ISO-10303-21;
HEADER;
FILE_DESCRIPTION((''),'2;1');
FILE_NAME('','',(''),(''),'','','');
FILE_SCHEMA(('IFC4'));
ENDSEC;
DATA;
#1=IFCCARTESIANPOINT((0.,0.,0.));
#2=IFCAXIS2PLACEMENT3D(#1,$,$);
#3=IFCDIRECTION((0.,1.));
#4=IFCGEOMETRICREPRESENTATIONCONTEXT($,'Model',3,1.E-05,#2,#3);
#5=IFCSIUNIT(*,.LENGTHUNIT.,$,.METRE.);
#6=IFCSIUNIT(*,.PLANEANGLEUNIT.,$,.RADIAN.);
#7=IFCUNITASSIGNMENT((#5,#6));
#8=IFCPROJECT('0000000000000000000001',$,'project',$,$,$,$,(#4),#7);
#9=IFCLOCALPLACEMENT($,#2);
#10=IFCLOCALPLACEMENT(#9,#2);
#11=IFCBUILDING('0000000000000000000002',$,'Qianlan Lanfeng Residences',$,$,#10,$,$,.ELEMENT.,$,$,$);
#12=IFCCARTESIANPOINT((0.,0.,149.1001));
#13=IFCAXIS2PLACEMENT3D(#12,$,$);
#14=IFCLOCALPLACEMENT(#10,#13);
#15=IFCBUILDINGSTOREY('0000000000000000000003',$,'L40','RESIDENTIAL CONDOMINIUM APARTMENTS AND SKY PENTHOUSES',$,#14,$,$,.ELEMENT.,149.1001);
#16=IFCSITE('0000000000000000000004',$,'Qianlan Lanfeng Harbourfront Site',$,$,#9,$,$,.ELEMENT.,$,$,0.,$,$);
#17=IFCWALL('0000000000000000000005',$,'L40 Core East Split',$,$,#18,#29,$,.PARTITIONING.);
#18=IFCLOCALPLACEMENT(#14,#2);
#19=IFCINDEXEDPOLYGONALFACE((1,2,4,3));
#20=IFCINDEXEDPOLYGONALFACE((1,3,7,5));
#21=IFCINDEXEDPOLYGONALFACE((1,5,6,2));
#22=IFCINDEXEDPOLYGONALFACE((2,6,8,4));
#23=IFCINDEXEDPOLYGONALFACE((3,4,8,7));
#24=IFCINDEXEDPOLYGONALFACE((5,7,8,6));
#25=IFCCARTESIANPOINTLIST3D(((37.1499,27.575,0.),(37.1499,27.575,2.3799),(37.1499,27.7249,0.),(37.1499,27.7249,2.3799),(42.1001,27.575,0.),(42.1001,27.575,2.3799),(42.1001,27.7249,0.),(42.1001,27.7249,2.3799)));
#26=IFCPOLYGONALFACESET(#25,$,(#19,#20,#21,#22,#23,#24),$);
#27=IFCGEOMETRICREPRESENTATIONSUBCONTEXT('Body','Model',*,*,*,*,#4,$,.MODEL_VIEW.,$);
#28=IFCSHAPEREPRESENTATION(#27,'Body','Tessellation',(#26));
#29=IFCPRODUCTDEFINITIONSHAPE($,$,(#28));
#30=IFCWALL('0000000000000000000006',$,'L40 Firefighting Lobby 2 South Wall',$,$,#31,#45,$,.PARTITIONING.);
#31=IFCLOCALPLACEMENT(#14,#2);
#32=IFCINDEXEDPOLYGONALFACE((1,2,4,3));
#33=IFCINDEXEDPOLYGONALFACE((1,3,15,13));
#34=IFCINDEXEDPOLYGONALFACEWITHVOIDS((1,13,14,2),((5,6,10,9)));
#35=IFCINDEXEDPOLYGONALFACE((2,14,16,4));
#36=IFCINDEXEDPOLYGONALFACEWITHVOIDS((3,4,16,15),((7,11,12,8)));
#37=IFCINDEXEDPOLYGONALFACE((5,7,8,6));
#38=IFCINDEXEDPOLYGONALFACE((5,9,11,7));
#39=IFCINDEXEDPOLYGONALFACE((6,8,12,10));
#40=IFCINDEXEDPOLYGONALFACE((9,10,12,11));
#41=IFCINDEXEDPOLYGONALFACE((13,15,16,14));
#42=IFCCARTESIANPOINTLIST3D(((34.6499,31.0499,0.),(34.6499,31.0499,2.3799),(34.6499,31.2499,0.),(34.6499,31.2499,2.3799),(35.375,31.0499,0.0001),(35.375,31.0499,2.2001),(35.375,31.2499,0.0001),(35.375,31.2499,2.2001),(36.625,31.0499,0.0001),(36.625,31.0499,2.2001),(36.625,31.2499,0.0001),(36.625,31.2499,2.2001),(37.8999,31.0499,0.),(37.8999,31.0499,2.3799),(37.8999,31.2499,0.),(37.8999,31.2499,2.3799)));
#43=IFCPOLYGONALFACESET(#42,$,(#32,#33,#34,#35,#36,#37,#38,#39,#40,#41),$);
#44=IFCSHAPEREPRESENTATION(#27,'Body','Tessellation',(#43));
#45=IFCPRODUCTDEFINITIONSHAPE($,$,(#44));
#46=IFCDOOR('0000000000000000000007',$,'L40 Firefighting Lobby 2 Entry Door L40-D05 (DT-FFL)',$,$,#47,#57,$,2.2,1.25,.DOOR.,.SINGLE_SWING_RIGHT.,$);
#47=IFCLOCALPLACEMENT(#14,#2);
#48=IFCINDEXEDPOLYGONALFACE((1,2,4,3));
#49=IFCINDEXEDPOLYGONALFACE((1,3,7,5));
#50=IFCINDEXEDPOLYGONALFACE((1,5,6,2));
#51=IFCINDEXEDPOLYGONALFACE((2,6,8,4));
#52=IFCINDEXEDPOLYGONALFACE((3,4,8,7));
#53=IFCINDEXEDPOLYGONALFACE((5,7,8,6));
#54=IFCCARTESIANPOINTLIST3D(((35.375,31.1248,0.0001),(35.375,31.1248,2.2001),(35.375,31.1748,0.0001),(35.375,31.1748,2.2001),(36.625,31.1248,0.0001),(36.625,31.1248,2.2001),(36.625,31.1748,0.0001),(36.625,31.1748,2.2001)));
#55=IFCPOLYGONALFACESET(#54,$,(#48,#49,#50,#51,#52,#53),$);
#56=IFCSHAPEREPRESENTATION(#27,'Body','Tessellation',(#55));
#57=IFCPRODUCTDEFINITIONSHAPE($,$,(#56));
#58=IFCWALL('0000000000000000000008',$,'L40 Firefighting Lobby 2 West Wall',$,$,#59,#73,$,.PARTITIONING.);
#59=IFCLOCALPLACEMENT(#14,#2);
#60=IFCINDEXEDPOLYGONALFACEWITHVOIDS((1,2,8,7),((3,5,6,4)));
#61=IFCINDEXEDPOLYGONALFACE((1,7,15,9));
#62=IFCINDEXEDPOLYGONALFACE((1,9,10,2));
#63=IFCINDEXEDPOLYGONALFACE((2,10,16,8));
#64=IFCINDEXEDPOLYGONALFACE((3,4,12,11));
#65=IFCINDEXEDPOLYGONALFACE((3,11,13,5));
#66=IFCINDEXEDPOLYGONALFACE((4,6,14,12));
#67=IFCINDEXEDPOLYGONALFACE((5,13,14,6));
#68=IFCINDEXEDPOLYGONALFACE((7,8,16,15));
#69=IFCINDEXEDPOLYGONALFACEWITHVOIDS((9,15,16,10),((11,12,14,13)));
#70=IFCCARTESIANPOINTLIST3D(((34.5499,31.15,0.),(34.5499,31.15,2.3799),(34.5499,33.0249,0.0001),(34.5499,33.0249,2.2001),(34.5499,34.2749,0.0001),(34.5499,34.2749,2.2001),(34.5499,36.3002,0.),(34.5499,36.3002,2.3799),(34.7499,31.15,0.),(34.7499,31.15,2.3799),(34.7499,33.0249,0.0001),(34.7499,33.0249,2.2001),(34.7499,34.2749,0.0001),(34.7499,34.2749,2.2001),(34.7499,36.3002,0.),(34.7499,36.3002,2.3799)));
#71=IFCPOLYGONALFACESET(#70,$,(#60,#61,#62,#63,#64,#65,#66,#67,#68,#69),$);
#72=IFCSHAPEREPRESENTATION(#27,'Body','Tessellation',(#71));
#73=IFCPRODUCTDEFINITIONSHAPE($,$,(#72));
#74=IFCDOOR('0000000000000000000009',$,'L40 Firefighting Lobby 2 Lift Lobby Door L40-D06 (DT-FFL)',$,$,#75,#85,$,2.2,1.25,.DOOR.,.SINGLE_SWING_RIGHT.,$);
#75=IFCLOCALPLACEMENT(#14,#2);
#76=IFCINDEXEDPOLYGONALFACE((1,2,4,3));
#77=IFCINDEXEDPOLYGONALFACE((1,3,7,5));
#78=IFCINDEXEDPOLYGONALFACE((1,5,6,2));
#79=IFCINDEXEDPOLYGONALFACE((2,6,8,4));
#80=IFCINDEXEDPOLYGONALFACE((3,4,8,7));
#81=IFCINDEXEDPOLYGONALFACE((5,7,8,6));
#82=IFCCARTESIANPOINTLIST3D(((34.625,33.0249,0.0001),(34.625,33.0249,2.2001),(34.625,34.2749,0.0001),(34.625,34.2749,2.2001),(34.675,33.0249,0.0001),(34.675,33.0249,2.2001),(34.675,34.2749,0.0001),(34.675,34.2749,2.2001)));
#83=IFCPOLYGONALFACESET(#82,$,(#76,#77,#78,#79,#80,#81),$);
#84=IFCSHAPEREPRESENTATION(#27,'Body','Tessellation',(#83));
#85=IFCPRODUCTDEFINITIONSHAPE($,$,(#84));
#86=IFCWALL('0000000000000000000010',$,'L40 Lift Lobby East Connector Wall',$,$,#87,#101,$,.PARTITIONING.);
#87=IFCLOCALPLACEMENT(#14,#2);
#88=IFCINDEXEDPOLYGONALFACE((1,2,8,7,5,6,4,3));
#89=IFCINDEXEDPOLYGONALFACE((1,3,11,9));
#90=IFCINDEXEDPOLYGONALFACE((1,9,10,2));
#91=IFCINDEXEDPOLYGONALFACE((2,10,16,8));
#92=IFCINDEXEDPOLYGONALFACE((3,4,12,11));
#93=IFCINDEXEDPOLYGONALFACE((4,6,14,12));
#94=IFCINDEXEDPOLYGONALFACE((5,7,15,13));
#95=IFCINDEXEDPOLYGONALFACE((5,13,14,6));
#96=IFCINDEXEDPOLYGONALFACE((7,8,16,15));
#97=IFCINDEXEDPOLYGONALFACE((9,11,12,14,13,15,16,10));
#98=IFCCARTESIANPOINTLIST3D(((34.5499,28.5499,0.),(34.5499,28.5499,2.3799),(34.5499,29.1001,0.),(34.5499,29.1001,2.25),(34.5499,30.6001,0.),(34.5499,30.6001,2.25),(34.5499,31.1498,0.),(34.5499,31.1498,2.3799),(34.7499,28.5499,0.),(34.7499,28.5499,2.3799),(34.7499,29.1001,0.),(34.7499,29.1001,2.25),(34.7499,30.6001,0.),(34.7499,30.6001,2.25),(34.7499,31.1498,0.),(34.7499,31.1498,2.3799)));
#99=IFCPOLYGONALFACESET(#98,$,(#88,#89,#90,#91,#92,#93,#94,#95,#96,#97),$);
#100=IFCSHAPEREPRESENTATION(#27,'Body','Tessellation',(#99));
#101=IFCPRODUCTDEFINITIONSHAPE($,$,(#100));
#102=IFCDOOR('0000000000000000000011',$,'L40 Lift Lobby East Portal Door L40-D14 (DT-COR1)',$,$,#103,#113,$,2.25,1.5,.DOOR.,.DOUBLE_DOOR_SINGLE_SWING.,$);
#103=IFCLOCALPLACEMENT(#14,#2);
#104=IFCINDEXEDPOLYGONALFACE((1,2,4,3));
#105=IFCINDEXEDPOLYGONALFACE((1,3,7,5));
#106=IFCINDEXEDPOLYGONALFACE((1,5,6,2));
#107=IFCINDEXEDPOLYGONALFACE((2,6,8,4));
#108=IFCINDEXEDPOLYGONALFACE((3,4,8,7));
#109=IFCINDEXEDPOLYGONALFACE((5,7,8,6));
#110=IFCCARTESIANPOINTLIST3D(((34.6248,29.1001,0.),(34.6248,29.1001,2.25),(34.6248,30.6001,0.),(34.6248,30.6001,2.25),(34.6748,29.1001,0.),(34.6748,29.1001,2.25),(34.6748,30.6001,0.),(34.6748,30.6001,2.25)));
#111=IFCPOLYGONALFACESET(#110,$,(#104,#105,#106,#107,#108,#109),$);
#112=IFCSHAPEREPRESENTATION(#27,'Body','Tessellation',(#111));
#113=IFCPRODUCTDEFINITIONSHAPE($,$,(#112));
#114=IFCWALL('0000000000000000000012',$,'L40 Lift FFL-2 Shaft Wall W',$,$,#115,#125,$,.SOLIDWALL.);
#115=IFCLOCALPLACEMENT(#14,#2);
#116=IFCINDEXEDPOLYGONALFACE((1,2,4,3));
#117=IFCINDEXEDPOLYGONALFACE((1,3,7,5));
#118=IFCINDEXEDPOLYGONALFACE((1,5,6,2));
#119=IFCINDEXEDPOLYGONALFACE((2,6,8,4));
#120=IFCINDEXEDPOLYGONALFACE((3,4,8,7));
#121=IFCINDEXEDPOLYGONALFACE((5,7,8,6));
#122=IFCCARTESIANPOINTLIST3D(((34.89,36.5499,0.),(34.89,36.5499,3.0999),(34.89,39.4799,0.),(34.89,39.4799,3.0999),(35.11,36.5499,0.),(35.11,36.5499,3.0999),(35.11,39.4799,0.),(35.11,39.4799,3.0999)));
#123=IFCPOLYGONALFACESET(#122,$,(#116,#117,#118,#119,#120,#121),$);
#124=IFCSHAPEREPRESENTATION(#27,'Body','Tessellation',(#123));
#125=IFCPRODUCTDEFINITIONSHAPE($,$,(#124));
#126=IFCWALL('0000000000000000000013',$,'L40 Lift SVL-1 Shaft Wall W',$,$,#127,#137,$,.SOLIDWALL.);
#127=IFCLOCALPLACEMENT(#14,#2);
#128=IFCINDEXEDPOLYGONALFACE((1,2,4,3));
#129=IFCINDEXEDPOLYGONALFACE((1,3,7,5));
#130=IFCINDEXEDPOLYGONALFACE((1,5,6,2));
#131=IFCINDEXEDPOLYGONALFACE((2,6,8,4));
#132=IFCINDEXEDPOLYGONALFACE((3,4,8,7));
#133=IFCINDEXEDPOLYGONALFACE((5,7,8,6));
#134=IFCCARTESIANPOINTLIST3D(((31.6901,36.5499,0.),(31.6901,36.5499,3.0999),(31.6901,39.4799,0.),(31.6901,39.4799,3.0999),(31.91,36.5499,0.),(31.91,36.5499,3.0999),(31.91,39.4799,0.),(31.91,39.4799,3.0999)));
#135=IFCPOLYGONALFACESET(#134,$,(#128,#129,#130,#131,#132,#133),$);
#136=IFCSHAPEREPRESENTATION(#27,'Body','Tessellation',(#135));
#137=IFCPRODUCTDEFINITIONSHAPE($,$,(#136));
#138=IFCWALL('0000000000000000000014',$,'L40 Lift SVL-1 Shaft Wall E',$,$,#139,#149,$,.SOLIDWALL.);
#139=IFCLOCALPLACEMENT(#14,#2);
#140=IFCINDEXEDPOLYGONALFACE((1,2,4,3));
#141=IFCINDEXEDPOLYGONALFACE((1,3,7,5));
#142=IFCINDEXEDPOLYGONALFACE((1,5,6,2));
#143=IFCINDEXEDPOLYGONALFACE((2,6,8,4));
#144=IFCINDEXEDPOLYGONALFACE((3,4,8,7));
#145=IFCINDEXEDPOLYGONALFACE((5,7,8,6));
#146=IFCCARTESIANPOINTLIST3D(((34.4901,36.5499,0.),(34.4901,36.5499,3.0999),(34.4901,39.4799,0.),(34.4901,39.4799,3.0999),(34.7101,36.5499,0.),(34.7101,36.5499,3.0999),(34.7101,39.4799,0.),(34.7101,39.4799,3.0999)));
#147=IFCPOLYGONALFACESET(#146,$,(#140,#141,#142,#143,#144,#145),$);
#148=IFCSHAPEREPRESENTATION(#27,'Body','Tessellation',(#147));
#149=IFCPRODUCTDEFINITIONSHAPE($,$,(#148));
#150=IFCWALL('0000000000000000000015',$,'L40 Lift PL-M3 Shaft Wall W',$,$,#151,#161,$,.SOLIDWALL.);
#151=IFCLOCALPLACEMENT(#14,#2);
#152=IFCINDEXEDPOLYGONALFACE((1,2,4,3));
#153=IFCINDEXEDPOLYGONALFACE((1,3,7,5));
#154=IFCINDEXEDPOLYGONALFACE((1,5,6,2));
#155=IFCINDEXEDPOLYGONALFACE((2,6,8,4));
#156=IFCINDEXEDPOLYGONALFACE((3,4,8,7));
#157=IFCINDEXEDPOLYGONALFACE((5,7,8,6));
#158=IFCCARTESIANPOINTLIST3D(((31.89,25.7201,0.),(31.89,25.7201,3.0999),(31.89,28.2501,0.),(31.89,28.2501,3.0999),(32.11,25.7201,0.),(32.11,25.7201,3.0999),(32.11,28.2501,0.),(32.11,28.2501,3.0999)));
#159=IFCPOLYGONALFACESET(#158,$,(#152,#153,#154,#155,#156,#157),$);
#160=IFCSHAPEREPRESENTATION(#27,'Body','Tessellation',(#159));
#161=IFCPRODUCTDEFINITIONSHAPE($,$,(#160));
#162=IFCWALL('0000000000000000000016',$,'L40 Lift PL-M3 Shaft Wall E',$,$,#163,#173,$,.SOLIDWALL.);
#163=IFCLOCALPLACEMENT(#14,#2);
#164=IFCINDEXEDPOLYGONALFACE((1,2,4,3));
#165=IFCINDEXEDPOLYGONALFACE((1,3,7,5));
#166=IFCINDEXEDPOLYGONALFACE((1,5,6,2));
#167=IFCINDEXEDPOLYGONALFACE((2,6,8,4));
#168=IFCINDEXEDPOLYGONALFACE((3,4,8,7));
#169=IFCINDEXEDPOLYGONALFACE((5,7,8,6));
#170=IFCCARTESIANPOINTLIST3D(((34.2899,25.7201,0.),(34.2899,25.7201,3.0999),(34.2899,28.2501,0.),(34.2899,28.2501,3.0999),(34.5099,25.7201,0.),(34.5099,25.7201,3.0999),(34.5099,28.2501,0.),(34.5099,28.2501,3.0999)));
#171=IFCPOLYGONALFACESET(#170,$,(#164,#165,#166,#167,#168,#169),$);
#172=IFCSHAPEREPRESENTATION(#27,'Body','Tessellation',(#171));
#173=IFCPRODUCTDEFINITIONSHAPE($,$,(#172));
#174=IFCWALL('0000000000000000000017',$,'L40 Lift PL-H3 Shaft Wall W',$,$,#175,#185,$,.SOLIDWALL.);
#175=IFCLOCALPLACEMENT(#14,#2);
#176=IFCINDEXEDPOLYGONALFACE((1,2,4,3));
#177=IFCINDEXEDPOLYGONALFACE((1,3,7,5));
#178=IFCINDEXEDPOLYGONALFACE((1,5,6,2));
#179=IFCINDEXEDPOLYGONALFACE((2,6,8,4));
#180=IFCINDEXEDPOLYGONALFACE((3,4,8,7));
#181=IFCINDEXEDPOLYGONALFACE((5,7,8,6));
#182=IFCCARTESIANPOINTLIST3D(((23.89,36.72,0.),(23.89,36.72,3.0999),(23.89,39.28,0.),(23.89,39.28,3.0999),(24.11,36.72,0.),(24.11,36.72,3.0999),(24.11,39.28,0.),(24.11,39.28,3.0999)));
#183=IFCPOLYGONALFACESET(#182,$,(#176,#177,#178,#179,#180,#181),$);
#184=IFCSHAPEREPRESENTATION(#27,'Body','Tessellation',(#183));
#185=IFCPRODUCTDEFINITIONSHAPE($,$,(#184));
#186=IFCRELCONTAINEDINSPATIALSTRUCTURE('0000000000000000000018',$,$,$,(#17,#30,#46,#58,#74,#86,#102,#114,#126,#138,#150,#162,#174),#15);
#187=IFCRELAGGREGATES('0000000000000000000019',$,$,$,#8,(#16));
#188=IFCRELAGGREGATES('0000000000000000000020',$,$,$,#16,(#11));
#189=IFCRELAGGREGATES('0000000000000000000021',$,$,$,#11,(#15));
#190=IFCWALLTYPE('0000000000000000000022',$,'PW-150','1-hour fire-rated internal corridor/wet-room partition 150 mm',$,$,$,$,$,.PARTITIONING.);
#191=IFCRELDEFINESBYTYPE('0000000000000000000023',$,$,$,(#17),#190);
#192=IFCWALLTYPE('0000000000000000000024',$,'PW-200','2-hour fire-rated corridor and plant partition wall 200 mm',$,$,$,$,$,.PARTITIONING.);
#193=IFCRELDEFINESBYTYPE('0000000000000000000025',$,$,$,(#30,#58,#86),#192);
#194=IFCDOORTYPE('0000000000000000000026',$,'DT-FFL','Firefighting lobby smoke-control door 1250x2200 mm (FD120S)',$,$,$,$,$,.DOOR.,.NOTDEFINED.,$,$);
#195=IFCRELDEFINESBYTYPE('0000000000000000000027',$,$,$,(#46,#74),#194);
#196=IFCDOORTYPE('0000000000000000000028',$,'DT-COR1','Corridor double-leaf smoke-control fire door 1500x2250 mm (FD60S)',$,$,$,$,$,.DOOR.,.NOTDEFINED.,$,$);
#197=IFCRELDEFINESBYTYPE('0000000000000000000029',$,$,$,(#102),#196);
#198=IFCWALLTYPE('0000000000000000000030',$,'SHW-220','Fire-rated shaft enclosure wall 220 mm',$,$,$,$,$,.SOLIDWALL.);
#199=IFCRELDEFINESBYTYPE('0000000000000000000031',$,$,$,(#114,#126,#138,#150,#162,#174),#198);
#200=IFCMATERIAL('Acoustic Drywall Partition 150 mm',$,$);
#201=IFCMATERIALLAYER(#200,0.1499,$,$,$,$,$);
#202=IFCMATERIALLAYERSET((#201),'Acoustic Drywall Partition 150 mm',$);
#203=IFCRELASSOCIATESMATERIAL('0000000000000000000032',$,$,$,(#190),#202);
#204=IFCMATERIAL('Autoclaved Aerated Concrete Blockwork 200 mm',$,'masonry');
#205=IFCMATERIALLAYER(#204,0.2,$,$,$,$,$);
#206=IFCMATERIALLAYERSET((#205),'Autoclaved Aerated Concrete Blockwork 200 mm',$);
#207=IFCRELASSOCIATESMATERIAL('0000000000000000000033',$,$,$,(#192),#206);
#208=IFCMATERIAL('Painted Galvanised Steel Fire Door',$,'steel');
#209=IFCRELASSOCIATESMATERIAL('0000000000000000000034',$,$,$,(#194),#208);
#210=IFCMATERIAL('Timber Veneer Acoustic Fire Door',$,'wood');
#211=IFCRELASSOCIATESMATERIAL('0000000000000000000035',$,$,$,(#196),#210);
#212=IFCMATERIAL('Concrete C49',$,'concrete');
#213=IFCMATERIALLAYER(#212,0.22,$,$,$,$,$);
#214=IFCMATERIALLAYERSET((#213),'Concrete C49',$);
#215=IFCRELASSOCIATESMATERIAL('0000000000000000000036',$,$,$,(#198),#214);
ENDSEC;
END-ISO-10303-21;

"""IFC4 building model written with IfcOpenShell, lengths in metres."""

from ifc_helpers import new_model, si_unit, direction, frame, frame_2d, origin, place, context, subcontext, project, spatial, rectangle, extrude, material, layer, layer_set, type_object, element, fill, save


model = new_model("IFC4")

# Units and contexts
model_context = context("Model", 3, precision=1e-05, world=origin(), true_north=direction((0.0, 1.0)))
body_context = subcontext(model_context, "Body", "Model", "MODEL_VIEW")
ifc_project = project(units=[si_unit("LENGTHUNIT", "METRE"), si_unit("PLANEANGLEUNIT", "RADIAN")], contexts=[model_context])

# Site, building, storey
site_placement = place(None, origin())
site = spatial("IfcSite", under=ifc_project, at=site_placement, Name="Qianlan Lanfeng Harbourfront Site", CompositionType="ELEMENT", RefElevation=0.0)
building_placement = place(site_placement, origin())
building = spatial("IfcBuilding", under=site, at=building_placement, Name="Qianlan Lanfeng Residences", CompositionType="ELEMENT")
storey_placement = place(building_placement, frame((0.0, 0.0, 149.1001)))
storey = spatial("IfcBuildingStorey", under=building, at=storey_placement, Name="L40", Description="RESIDENTIAL CONDOMINIUM APARTMENTS AND SKY PENTHOUSES", CompositionType="ELEMENT", Elevation=149.1001)

# Wall
ifc_material_1 = material(Name="Acoustic Drywall Partition 150 mm")
ifc_layer_1 = layer(ifc_material_1, 0.1499)
ifc_layer_set_1 = layer_set([ifc_layer_1], Name="Acoustic Drywall Partition 150 mm")
wall_type_1 = type_object("IfcWallType", Name="PW-150", Description="1-hour fire-rated internal corridor/wet-room partition 150 mm", PredefinedType="PARTITIONING", material=ifc_layer_set_1)
wall_1_placement = place(storey_placement, frame((37.1499, 27.6499, 0.0), z_axis=(0.0, 0.0, 1.0), x_axis=(1.0, 0.0, 0.0)))
element("IfcWall", 1, at=wall_1_placement, inside=storey, type_object=wall_type_1, Name="L40 Core East Split", PredefinedType="PARTITIONING", context=body_context, shape_type="SweptSolid", body=[
    extrude(rectangle(XDim=4.9502, YDim=0.1499, at=frame_2d((2.4751, 0.0))), origin(), (0.0, 0.0, 1.0), 2.3799),
])

# Walls, openings, doors
ifc_material_2 = material(Name="Autoclaved Aerated Concrete Blockwork 200 mm", Category="masonry")
ifc_layer_2 = layer(ifc_material_2, 0.2)
ifc_layer_set_2 = layer_set([ifc_layer_2], Name="Autoclaved Aerated Concrete Blockwork 200 mm")
wall_type_2 = type_object("IfcWallType", Name="PW-200", Description="2-hour fire-rated corridor and plant partition wall 200 mm", PredefinedType="PARTITIONING", material=ifc_layer_set_2)
wall_2_placement = place(storey_placement, frame((34.6499, 31.1499, 0.0), z_axis=(0.0, 0.0, 1.0), x_axis=(1.0, 0.0, 0.0)))
wall_2 = element("IfcWall", 2, at=wall_2_placement, inside=storey, type_object=wall_type_2, Name="L40 Firefighting Lobby 2 South Wall", PredefinedType="PARTITIONING", context=body_context, shape_type="SweptSolid", body=[
    extrude(rectangle(XDim=3.25, YDim=0.2, at=frame_2d((1.625, 0.0))), origin(), (0.0, 0.0, 1.0), 2.3799),
])
opening_1_placement = place(wall_2_placement, frame((0.7251, 0.0, 0.0)))
opening_1 = element("IfcOpeningElement", 3, at=opening_1_placement, cuts=wall_2, PredefinedType="OPENING", context=body_context, shape_type="SweptSolid", body=[
    extrude(rectangle(XDim=1.25, YDim=2.2, at=frame_2d((0.625, 1.1001))), frame((0.0, 0.1099, 0.0), z_axis=(0.0, -1.0, 0.0), x_axis=(1.0, 0.0, 0.0)), (0.0, 0.0, 1.0), 0.22),
])
ifc_material_3 = material(Name="Painted Galvanised Steel Fire Door", Category="steel")
door_type_1 = type_object("IfcDoorType", Name="DT-FFL", Description="Firefighting lobby smoke-control door 1250x2200 mm (FD120S)", OperationType="NOTDEFINED", PredefinedType="DOOR", material=ifc_material_3)
door_1_placement = place(opening_1_placement, origin())
door_1 = element("IfcDoor", 4, at=door_1_placement, inside=storey, type_object=door_type_1, Name="L40 Firefighting Lobby 2 Entry Door L40-D05 (DT-FFL)", OperationType="SINGLE_SWING_RIGHT", OverallHeight=2.2, OverallWidth=1.25, PredefinedType="DOOR", context=body_context, shape_type="SweptSolid", body=[
    extrude(rectangle(XDim=1.25, YDim=2.2, at=frame_2d((0.625, 1.1001))), frame((0.0, 0.0249, 0.0), z_axis=(0.0, -1.0, 0.0), x_axis=(1.0, 0.0, 0.0)), (0.0, 0.0, 1.0), 0.05),
])
fill(opening_1, door_1)
wall_3_placement = place(storey_placement, frame((34.6499, 31.1499, 0.0), z_axis=(0.0, 0.0, 1.0), x_axis=(0.0, 1.0, 0.0)))
wall_3 = element("IfcWall", 5, at=wall_3_placement, inside=storey, type_object=wall_type_2, Name="L40 Firefighting Lobby 2 West Wall", PredefinedType="PARTITIONING", context=body_context, shape_type="SweptSolid", body=[
    extrude(rectangle(XDim=5.1501, YDim=0.2, at=frame_2d((2.5752, 0.0))), origin(), (0.0, 0.0, 1.0), 2.3799),
])
opening_2_placement = place(wall_3_placement, frame((1.875, 0.0, 0.0)))
opening_2 = element("IfcOpeningElement", 6, at=opening_2_placement, cuts=wall_3, PredefinedType="OPENING", context=body_context, shape_type="SweptSolid", body=[
    extrude(rectangle(XDim=1.25, YDim=2.2, at=frame_2d((0.625, 1.1001))), frame((0.0, 0.1099, 0.0), z_axis=(0.0, -1.0, 0.0), x_axis=(1.0, 0.0, 0.0)), (0.0, 0.0, 1.0), 0.22),
])
door_2_placement = place(opening_2_placement, origin())
door_2 = element("IfcDoor", 7, at=door_2_placement, inside=storey, type_object=door_type_1, Name="L40 Firefighting Lobby 2 Lift Lobby Door L40-D06 (DT-FFL)", OperationType="SINGLE_SWING_RIGHT", OverallHeight=2.2, OverallWidth=1.25, PredefinedType="DOOR", context=body_context, shape_type="SweptSolid", body=[
    extrude(rectangle(XDim=1.25, YDim=2.2, at=frame_2d((0.625, 1.1001))), frame((0.0, 0.0249, 0.0), z_axis=(0.0, -1.0, 0.0), x_axis=(1.0, 0.0, 0.0)), (0.0, 0.0, 1.0), 0.05),
])
fill(opening_2, door_2)
wall_4_placement = place(storey_placement, frame((34.6499, 28.55, 0.0), z_axis=(0.0, 0.0, 1.0), x_axis=(0.0, 1.0, 0.0)))
wall_4 = element("IfcWall", 8, at=wall_4_placement, inside=storey, type_object=wall_type_2, Name="L40 Lift Lobby East Connector Wall", PredefinedType="PARTITIONING", context=body_context, shape_type="SweptSolid", body=[
    extrude(rectangle(XDim=2.5999, YDim=0.2, at=frame_2d((1.2998, 0.0))), origin(), (0.0, 0.0, 1.0), 2.3799),
])
opening_3_placement = place(wall_4_placement, frame((0.55, 0.0, 0.0)))
opening_3 = element("IfcOpeningElement", 9, at=opening_3_placement, cuts=wall_4, PredefinedType="OPENING", context=body_context, shape_type="SweptSolid", body=[
    extrude(rectangle(XDim=1.5, YDim=2.25, at=frame_2d((0.75, 1.125))), frame((0.0, 0.1099, 0.0), z_axis=(0.0, -1.0, 0.0), x_axis=(1.0, 0.0, 0.0)), (0.0, 0.0, 1.0), 0.22),
])
ifc_material_4 = material(Name="Timber Veneer Acoustic Fire Door", Category="wood")
door_type_2 = type_object("IfcDoorType", Name="DT-COR1", Description="Corridor double-leaf smoke-control fire door 1500x2250 mm (FD60S)", OperationType="NOTDEFINED", PredefinedType="DOOR", material=ifc_material_4)
door_3_placement = place(opening_3_placement, frame((1.5, 0.0, 0.0), z_axis=(0.0, 0.0, 1.0), x_axis=(-1.0, 0.0, 0.0)))
door_3 = element("IfcDoor", 10, at=door_3_placement, inside=storey, type_object=door_type_2, Name="L40 Lift Lobby East Portal Door L40-D14 (DT-COR1)", OperationType="DOUBLE_DOOR_SINGLE_SWING", OverallHeight=2.25, OverallWidth=1.5, PredefinedType="DOOR", context=body_context, shape_type="SweptSolid", body=[
    extrude(rectangle(XDim=1.5, YDim=2.25, at=frame_2d((0.75, 1.125))), frame((0.0, 0.0249, 0.0), z_axis=(0.0, -1.0, 0.0), x_axis=(1.0, 0.0, 0.0)), (0.0, 0.0, 1.0), 0.05),
])
fill(opening_3, door_3)

# Walls
ifc_material_5 = material(Name="Concrete C49", Category="concrete")
ifc_layer_3 = layer(ifc_material_5, 0.22)
ifc_layer_set_3 = layer_set([ifc_layer_3], Name="Concrete C49")
wall_type_3 = type_object("IfcWallType", Name="SHW-220", Description="Fire-rated shaft enclosure wall 220 mm", PredefinedType="SOLIDWALL", material=ifc_layer_set_3)
for number, where, z_axis, x_axis, name in (
    (11, (35.0, 36.55, 0.0), (0.0, 0.0, 1.0), (0.0, 1.0, 0.0), "L40 Lift FFL-2 Shaft Wall W"),
    (12, (31.8, 36.55, 0.0), (0.0, 0.0, 1.0), (0.0, 1.0, 0.0), "L40 Lift SVL-1 Shaft Wall W"),
    (13, (34.6001, 36.55, 0.0), (0.0, 0.0, 1.0), (0.0, 1.0, 0.0), "L40 Lift SVL-1 Shaft Wall E"),
):
    element("IfcWall", number, at=place(storey_placement, frame(where, z_axis=z_axis, x_axis=x_axis)), inside=storey, type_object=wall_type_3, Name=name, PredefinedType="SOLIDWALL", context=body_context, shape_type="SweptSolid", body=[
        extrude(rectangle(XDim=2.9299, YDim=0.22, at=frame_2d((1.4648, 0.0))), origin(), (0.0, 0.0, 1.0), 3.0999),
    ])
for number, where, z_axis, x_axis, name in (
    (14, (32.0, 25.72, 0.0), (0.0, 0.0, 1.0), (0.0, 1.0, 0.0), "L40 Lift PL-M3 Shaft Wall W"),
    (15, (34.3999, 25.72, 0.0), (0.0, 0.0, 1.0), (0.0, 1.0, 0.0), "L40 Lift PL-M3 Shaft Wall E"),
):
    element("IfcWall", number, at=place(storey_placement, frame(where, z_axis=z_axis, x_axis=x_axis)), inside=storey, type_object=wall_type_3, Name=name, PredefinedType="SOLIDWALL", context=body_context, shape_type="SweptSolid", body=[
        extrude(rectangle(XDim=2.53, YDim=0.22, at=frame_2d((1.2651, 0.0))), origin(), (0.0, 0.0, 1.0), 3.0999),
    ])
for number, where, z_axis, x_axis, name in (
    (16, (24.0, 36.72, 0.0), (0.0, 0.0, 1.0), (0.0, 1.0, 0.0), "L40 Lift PL-H3 Shaft Wall W"),
):
    element("IfcWall", number, at=place(storey_placement, frame(where, z_axis=z_axis, x_axis=x_axis)), inside=storey, type_object=wall_type_3, Name=name, PredefinedType="SOLIDWALL", context=body_context, shape_type="SweptSolid", body=[
        extrude(rectangle(XDim=2.5601, YDim=0.22, at=frame_2d((1.28, 0.0))), origin(), (0.0, 0.0, 1.0), 3.0999),
    ])

save(model, "model.ifc")
